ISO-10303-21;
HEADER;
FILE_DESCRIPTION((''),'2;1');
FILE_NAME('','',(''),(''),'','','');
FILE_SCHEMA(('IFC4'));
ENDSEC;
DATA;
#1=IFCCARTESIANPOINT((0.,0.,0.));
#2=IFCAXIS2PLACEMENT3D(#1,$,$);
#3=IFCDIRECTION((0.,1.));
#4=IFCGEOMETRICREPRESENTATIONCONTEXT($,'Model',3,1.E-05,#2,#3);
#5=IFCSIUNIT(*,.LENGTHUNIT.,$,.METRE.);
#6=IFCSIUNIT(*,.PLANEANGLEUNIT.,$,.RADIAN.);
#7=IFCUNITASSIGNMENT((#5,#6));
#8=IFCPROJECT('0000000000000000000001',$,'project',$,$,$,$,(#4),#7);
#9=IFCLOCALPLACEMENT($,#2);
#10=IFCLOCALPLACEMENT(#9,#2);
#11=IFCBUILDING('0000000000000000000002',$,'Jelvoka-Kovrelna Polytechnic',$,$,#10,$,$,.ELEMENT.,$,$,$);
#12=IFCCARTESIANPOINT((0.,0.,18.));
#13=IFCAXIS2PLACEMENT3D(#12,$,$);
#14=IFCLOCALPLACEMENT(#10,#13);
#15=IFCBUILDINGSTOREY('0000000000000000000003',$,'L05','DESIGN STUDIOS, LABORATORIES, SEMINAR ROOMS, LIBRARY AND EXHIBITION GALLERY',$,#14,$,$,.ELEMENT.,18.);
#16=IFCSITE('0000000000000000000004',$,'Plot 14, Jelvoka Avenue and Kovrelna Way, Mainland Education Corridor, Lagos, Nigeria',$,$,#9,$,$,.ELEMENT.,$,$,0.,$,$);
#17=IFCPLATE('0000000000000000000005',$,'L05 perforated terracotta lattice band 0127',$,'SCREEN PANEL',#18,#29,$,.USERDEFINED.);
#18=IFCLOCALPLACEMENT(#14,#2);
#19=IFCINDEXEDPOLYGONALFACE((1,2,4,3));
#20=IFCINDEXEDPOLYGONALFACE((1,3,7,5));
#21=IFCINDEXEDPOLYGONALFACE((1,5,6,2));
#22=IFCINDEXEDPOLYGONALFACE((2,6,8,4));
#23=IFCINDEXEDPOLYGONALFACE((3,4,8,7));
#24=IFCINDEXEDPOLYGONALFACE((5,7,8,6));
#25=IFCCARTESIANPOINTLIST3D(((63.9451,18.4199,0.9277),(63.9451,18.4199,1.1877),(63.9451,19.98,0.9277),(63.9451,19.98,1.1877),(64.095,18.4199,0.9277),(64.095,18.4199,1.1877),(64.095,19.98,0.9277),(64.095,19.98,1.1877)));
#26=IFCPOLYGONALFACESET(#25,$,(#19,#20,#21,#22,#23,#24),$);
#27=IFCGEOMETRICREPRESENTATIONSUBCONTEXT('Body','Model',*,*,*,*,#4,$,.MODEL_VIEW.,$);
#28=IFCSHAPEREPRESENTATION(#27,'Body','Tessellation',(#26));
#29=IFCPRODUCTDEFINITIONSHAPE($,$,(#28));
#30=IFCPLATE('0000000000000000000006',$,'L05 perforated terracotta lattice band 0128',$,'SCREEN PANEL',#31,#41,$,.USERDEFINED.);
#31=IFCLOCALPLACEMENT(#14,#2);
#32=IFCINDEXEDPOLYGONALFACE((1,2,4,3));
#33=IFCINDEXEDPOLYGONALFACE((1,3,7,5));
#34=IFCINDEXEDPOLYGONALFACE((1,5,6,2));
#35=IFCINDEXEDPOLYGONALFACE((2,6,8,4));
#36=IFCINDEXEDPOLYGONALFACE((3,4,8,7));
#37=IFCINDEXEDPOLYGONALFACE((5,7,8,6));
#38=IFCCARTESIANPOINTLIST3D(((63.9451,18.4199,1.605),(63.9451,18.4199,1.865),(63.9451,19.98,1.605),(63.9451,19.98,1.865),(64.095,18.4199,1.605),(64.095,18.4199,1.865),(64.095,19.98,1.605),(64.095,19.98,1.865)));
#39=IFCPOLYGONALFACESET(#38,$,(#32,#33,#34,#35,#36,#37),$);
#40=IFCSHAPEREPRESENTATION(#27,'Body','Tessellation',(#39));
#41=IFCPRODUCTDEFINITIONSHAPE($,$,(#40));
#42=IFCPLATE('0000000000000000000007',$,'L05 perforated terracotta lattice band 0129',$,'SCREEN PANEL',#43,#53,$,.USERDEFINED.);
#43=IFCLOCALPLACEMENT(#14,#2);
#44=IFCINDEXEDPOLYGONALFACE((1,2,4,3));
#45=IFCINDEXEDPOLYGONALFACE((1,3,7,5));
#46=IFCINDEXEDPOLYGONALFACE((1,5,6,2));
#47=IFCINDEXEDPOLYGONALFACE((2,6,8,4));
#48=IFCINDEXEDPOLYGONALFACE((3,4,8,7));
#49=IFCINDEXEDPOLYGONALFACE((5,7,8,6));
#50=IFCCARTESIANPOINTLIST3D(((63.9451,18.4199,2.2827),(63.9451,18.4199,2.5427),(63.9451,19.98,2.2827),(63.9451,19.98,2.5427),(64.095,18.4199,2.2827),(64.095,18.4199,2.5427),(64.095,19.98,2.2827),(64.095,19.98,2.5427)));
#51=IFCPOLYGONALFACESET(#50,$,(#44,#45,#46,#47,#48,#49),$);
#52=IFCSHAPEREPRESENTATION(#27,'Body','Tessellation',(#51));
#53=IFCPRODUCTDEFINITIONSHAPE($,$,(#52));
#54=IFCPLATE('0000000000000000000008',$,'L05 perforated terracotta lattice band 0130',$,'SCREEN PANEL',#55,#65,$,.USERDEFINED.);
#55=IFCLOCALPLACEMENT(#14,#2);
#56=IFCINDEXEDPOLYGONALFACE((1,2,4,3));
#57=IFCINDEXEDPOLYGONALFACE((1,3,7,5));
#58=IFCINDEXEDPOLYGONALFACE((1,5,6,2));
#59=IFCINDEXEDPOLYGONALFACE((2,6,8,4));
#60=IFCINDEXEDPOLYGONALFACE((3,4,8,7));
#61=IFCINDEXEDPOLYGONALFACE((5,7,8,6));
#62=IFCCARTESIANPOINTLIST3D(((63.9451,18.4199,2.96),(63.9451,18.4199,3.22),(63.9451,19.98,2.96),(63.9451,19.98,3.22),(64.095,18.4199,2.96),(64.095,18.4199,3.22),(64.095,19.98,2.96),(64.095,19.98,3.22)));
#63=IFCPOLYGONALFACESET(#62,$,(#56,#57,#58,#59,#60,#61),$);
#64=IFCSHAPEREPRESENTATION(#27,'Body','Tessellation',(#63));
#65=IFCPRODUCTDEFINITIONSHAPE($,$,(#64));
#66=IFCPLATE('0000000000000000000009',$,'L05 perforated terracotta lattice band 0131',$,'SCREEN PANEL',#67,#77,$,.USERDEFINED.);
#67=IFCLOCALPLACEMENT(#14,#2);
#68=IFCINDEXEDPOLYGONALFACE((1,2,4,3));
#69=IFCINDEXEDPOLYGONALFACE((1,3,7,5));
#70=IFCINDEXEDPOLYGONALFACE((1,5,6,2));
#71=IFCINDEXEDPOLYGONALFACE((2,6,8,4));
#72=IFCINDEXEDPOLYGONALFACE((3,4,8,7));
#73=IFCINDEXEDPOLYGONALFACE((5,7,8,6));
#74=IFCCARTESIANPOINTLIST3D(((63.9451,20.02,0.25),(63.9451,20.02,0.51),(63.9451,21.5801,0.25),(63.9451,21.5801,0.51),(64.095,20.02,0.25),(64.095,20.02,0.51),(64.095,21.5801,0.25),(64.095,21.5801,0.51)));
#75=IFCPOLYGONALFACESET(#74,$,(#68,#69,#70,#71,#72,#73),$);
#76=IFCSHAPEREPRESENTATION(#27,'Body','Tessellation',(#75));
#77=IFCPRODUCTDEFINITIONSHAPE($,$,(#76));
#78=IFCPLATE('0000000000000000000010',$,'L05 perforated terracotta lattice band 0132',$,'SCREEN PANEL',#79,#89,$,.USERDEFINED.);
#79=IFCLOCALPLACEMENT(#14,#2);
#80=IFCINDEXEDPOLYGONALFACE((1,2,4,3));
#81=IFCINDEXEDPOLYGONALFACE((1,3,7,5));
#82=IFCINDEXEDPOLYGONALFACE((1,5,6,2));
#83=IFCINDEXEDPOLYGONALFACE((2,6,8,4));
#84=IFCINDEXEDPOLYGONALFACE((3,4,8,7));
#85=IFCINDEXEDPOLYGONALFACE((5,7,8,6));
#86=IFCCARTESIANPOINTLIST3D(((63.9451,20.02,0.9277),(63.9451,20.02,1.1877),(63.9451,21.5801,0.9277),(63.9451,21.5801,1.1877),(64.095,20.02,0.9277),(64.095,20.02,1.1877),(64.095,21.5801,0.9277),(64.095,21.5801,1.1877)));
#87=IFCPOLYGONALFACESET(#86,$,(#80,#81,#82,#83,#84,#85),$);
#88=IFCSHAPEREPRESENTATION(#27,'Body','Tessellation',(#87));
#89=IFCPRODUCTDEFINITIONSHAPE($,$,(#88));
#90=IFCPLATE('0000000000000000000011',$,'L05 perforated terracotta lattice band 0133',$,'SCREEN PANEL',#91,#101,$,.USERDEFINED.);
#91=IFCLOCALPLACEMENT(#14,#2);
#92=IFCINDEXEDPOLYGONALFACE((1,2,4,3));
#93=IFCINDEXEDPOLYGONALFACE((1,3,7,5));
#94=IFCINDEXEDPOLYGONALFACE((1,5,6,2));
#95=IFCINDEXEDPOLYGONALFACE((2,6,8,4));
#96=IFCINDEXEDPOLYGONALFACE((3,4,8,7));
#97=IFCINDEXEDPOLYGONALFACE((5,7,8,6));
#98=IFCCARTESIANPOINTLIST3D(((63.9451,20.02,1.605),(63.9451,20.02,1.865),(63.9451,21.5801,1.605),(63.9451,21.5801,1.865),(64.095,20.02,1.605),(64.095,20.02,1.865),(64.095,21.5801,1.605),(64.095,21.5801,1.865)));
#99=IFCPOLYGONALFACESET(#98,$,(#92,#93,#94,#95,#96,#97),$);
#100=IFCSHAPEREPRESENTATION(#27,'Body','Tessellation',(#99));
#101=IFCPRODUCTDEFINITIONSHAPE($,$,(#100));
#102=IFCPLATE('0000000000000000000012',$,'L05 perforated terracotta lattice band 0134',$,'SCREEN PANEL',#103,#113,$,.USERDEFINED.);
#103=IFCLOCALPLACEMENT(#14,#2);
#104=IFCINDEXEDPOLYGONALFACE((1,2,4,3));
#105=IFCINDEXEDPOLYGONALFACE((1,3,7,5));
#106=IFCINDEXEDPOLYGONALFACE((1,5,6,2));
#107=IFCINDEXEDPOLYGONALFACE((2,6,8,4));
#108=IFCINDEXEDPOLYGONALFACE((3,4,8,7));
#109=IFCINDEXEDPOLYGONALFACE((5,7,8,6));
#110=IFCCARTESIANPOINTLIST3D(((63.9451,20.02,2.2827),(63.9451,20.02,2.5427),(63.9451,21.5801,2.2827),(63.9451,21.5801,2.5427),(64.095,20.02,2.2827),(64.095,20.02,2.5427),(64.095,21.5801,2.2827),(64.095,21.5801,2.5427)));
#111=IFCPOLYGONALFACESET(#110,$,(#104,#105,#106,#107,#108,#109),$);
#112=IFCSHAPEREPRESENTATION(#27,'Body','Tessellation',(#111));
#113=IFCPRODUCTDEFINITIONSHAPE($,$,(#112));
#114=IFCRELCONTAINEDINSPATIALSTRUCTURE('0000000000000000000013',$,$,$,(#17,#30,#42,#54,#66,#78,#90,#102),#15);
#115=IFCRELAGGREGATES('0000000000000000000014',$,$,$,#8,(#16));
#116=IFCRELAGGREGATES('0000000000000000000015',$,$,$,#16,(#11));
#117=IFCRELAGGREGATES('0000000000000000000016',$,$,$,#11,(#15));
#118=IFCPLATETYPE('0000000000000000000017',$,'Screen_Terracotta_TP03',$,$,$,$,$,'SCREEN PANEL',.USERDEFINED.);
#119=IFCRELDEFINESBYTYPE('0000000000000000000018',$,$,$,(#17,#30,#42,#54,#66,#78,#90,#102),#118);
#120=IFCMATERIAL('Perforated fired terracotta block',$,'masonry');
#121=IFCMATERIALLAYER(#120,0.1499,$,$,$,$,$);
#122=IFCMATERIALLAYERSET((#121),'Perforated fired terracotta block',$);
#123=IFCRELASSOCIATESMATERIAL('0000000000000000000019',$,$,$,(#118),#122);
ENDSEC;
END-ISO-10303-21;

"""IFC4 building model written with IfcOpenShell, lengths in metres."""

from ifc_helpers import new_model, si_unit, direction, frame, origin, origin_2d, place, context, subcontext, project, spatial, rectangle, extrude, material, layer, layer_set, type_object, element, save


model = new_model("IFC4")

# Units and contexts
model_context = context("Model", 3, precision=1e-05, world=origin(), true_north=direction((0.0, 1.0)))
body_context = subcontext(model_context, "Body", "Model", "MODEL_VIEW")
ifc_project = project(units=[si_unit("LENGTHUNIT", "METRE"), si_unit("PLANEANGLEUNIT", "RADIAN")], contexts=[model_context])

# Site, building, storey
site_placement = place(None, origin())
site = spatial("IfcSite", under=ifc_project, at=site_placement, Name="Plot 14, Jelvoka Avenue and Kovrelna Way, Mainland Education Corridor, Lagos, Nigeria", CompositionType="ELEMENT", RefElevation=0.0)
building_placement = place(site_placement, origin())
building = spatial("IfcBuilding", under=site, at=building_placement, Name="Jelvoka-Kovrelna Polytechnic", CompositionType="ELEMENT")
storey_placement = place(building_placement, frame((0.0, 0.0, 18.0)))
storey = spatial("IfcBuildingStorey", under=building, at=storey_placement, Name="L05", Description="DESIGN STUDIOS, LABORATORIES, SEMINAR ROOMS, LIBRARY AND EXHIBITION GALLERY", CompositionType="ELEMENT", Elevation=18.0)

# Plates
ifc_material_1 = material(Name="Perforated fired terracotta block", Category="masonry")
ifc_layer = layer(ifc_material_1, 0.1499)
ifc_layer_set = layer_set([ifc_layer], Name="Perforated fired terracotta block")
plate_type = type_object("IfcPlateType", Name="Screen_Terracotta_TP03", ElementType="SCREEN PANEL", PredefinedType="USERDEFINED", material=ifc_layer_set)
for number, where, z_axis, x_axis, name in (
    (1, (64.02, 19.2, 0.9277), (0.0, 0.0, 1.0), (0.0, 1.0, 0.0), "L05 perforated terracotta lattice band 0127"),
    (2, (64.02, 19.2, 1.605), (0.0, 0.0, 1.0), (0.0, 1.0, 0.0), "L05 perforated terracotta lattice band 0128"),
    (3, (64.02, 19.2, 2.2827), (0.0, 0.0, 1.0), (0.0, 1.0, 0.0), "L05 perforated terracotta lattice band 0129"),
    (4, (64.02, 19.2, 2.96), (0.0, 0.0, 1.0), (0.0, 1.0, 0.0), "L05 perforated terracotta lattice band 0130"),
    (5, (64.02, 20.8, 0.25), (0.0, 0.0, 1.0), (0.0, 1.0, 0.0), "L05 perforated terracotta lattice band 0131"),
    (6, (64.02, 20.8, 0.9277), (0.0, 0.0, 1.0), (0.0, 1.0, 0.0), "L05 perforated terracotta lattice band 0132"),
    (7, (64.02, 20.8, 1.605), (0.0, 0.0, 1.0), (0.0, 1.0, 0.0), "L05 perforated terracotta lattice band 0133"),
    (8, (64.02, 20.8, 2.2827), (0.0, 0.0, 1.0), (0.0, 1.0, 0.0), "L05 perforated terracotta lattice band 0134"),
):
    element("IfcPlate", number, at=place(storey_placement, frame(where, z_axis=z_axis, x_axis=x_axis)), inside=storey, type_object=plate_type, Name=name, ObjectType="SCREEN PANEL", PredefinedType="USERDEFINED", context=body_context, shape_type="SweptSolid", body=[
        extrude(rectangle(XDim=1.5601, YDim=0.1499, at=origin_2d()), origin(), (0.0, 0.0, 1.0), 0.26),
    ])

save(model, "model.ifc")
